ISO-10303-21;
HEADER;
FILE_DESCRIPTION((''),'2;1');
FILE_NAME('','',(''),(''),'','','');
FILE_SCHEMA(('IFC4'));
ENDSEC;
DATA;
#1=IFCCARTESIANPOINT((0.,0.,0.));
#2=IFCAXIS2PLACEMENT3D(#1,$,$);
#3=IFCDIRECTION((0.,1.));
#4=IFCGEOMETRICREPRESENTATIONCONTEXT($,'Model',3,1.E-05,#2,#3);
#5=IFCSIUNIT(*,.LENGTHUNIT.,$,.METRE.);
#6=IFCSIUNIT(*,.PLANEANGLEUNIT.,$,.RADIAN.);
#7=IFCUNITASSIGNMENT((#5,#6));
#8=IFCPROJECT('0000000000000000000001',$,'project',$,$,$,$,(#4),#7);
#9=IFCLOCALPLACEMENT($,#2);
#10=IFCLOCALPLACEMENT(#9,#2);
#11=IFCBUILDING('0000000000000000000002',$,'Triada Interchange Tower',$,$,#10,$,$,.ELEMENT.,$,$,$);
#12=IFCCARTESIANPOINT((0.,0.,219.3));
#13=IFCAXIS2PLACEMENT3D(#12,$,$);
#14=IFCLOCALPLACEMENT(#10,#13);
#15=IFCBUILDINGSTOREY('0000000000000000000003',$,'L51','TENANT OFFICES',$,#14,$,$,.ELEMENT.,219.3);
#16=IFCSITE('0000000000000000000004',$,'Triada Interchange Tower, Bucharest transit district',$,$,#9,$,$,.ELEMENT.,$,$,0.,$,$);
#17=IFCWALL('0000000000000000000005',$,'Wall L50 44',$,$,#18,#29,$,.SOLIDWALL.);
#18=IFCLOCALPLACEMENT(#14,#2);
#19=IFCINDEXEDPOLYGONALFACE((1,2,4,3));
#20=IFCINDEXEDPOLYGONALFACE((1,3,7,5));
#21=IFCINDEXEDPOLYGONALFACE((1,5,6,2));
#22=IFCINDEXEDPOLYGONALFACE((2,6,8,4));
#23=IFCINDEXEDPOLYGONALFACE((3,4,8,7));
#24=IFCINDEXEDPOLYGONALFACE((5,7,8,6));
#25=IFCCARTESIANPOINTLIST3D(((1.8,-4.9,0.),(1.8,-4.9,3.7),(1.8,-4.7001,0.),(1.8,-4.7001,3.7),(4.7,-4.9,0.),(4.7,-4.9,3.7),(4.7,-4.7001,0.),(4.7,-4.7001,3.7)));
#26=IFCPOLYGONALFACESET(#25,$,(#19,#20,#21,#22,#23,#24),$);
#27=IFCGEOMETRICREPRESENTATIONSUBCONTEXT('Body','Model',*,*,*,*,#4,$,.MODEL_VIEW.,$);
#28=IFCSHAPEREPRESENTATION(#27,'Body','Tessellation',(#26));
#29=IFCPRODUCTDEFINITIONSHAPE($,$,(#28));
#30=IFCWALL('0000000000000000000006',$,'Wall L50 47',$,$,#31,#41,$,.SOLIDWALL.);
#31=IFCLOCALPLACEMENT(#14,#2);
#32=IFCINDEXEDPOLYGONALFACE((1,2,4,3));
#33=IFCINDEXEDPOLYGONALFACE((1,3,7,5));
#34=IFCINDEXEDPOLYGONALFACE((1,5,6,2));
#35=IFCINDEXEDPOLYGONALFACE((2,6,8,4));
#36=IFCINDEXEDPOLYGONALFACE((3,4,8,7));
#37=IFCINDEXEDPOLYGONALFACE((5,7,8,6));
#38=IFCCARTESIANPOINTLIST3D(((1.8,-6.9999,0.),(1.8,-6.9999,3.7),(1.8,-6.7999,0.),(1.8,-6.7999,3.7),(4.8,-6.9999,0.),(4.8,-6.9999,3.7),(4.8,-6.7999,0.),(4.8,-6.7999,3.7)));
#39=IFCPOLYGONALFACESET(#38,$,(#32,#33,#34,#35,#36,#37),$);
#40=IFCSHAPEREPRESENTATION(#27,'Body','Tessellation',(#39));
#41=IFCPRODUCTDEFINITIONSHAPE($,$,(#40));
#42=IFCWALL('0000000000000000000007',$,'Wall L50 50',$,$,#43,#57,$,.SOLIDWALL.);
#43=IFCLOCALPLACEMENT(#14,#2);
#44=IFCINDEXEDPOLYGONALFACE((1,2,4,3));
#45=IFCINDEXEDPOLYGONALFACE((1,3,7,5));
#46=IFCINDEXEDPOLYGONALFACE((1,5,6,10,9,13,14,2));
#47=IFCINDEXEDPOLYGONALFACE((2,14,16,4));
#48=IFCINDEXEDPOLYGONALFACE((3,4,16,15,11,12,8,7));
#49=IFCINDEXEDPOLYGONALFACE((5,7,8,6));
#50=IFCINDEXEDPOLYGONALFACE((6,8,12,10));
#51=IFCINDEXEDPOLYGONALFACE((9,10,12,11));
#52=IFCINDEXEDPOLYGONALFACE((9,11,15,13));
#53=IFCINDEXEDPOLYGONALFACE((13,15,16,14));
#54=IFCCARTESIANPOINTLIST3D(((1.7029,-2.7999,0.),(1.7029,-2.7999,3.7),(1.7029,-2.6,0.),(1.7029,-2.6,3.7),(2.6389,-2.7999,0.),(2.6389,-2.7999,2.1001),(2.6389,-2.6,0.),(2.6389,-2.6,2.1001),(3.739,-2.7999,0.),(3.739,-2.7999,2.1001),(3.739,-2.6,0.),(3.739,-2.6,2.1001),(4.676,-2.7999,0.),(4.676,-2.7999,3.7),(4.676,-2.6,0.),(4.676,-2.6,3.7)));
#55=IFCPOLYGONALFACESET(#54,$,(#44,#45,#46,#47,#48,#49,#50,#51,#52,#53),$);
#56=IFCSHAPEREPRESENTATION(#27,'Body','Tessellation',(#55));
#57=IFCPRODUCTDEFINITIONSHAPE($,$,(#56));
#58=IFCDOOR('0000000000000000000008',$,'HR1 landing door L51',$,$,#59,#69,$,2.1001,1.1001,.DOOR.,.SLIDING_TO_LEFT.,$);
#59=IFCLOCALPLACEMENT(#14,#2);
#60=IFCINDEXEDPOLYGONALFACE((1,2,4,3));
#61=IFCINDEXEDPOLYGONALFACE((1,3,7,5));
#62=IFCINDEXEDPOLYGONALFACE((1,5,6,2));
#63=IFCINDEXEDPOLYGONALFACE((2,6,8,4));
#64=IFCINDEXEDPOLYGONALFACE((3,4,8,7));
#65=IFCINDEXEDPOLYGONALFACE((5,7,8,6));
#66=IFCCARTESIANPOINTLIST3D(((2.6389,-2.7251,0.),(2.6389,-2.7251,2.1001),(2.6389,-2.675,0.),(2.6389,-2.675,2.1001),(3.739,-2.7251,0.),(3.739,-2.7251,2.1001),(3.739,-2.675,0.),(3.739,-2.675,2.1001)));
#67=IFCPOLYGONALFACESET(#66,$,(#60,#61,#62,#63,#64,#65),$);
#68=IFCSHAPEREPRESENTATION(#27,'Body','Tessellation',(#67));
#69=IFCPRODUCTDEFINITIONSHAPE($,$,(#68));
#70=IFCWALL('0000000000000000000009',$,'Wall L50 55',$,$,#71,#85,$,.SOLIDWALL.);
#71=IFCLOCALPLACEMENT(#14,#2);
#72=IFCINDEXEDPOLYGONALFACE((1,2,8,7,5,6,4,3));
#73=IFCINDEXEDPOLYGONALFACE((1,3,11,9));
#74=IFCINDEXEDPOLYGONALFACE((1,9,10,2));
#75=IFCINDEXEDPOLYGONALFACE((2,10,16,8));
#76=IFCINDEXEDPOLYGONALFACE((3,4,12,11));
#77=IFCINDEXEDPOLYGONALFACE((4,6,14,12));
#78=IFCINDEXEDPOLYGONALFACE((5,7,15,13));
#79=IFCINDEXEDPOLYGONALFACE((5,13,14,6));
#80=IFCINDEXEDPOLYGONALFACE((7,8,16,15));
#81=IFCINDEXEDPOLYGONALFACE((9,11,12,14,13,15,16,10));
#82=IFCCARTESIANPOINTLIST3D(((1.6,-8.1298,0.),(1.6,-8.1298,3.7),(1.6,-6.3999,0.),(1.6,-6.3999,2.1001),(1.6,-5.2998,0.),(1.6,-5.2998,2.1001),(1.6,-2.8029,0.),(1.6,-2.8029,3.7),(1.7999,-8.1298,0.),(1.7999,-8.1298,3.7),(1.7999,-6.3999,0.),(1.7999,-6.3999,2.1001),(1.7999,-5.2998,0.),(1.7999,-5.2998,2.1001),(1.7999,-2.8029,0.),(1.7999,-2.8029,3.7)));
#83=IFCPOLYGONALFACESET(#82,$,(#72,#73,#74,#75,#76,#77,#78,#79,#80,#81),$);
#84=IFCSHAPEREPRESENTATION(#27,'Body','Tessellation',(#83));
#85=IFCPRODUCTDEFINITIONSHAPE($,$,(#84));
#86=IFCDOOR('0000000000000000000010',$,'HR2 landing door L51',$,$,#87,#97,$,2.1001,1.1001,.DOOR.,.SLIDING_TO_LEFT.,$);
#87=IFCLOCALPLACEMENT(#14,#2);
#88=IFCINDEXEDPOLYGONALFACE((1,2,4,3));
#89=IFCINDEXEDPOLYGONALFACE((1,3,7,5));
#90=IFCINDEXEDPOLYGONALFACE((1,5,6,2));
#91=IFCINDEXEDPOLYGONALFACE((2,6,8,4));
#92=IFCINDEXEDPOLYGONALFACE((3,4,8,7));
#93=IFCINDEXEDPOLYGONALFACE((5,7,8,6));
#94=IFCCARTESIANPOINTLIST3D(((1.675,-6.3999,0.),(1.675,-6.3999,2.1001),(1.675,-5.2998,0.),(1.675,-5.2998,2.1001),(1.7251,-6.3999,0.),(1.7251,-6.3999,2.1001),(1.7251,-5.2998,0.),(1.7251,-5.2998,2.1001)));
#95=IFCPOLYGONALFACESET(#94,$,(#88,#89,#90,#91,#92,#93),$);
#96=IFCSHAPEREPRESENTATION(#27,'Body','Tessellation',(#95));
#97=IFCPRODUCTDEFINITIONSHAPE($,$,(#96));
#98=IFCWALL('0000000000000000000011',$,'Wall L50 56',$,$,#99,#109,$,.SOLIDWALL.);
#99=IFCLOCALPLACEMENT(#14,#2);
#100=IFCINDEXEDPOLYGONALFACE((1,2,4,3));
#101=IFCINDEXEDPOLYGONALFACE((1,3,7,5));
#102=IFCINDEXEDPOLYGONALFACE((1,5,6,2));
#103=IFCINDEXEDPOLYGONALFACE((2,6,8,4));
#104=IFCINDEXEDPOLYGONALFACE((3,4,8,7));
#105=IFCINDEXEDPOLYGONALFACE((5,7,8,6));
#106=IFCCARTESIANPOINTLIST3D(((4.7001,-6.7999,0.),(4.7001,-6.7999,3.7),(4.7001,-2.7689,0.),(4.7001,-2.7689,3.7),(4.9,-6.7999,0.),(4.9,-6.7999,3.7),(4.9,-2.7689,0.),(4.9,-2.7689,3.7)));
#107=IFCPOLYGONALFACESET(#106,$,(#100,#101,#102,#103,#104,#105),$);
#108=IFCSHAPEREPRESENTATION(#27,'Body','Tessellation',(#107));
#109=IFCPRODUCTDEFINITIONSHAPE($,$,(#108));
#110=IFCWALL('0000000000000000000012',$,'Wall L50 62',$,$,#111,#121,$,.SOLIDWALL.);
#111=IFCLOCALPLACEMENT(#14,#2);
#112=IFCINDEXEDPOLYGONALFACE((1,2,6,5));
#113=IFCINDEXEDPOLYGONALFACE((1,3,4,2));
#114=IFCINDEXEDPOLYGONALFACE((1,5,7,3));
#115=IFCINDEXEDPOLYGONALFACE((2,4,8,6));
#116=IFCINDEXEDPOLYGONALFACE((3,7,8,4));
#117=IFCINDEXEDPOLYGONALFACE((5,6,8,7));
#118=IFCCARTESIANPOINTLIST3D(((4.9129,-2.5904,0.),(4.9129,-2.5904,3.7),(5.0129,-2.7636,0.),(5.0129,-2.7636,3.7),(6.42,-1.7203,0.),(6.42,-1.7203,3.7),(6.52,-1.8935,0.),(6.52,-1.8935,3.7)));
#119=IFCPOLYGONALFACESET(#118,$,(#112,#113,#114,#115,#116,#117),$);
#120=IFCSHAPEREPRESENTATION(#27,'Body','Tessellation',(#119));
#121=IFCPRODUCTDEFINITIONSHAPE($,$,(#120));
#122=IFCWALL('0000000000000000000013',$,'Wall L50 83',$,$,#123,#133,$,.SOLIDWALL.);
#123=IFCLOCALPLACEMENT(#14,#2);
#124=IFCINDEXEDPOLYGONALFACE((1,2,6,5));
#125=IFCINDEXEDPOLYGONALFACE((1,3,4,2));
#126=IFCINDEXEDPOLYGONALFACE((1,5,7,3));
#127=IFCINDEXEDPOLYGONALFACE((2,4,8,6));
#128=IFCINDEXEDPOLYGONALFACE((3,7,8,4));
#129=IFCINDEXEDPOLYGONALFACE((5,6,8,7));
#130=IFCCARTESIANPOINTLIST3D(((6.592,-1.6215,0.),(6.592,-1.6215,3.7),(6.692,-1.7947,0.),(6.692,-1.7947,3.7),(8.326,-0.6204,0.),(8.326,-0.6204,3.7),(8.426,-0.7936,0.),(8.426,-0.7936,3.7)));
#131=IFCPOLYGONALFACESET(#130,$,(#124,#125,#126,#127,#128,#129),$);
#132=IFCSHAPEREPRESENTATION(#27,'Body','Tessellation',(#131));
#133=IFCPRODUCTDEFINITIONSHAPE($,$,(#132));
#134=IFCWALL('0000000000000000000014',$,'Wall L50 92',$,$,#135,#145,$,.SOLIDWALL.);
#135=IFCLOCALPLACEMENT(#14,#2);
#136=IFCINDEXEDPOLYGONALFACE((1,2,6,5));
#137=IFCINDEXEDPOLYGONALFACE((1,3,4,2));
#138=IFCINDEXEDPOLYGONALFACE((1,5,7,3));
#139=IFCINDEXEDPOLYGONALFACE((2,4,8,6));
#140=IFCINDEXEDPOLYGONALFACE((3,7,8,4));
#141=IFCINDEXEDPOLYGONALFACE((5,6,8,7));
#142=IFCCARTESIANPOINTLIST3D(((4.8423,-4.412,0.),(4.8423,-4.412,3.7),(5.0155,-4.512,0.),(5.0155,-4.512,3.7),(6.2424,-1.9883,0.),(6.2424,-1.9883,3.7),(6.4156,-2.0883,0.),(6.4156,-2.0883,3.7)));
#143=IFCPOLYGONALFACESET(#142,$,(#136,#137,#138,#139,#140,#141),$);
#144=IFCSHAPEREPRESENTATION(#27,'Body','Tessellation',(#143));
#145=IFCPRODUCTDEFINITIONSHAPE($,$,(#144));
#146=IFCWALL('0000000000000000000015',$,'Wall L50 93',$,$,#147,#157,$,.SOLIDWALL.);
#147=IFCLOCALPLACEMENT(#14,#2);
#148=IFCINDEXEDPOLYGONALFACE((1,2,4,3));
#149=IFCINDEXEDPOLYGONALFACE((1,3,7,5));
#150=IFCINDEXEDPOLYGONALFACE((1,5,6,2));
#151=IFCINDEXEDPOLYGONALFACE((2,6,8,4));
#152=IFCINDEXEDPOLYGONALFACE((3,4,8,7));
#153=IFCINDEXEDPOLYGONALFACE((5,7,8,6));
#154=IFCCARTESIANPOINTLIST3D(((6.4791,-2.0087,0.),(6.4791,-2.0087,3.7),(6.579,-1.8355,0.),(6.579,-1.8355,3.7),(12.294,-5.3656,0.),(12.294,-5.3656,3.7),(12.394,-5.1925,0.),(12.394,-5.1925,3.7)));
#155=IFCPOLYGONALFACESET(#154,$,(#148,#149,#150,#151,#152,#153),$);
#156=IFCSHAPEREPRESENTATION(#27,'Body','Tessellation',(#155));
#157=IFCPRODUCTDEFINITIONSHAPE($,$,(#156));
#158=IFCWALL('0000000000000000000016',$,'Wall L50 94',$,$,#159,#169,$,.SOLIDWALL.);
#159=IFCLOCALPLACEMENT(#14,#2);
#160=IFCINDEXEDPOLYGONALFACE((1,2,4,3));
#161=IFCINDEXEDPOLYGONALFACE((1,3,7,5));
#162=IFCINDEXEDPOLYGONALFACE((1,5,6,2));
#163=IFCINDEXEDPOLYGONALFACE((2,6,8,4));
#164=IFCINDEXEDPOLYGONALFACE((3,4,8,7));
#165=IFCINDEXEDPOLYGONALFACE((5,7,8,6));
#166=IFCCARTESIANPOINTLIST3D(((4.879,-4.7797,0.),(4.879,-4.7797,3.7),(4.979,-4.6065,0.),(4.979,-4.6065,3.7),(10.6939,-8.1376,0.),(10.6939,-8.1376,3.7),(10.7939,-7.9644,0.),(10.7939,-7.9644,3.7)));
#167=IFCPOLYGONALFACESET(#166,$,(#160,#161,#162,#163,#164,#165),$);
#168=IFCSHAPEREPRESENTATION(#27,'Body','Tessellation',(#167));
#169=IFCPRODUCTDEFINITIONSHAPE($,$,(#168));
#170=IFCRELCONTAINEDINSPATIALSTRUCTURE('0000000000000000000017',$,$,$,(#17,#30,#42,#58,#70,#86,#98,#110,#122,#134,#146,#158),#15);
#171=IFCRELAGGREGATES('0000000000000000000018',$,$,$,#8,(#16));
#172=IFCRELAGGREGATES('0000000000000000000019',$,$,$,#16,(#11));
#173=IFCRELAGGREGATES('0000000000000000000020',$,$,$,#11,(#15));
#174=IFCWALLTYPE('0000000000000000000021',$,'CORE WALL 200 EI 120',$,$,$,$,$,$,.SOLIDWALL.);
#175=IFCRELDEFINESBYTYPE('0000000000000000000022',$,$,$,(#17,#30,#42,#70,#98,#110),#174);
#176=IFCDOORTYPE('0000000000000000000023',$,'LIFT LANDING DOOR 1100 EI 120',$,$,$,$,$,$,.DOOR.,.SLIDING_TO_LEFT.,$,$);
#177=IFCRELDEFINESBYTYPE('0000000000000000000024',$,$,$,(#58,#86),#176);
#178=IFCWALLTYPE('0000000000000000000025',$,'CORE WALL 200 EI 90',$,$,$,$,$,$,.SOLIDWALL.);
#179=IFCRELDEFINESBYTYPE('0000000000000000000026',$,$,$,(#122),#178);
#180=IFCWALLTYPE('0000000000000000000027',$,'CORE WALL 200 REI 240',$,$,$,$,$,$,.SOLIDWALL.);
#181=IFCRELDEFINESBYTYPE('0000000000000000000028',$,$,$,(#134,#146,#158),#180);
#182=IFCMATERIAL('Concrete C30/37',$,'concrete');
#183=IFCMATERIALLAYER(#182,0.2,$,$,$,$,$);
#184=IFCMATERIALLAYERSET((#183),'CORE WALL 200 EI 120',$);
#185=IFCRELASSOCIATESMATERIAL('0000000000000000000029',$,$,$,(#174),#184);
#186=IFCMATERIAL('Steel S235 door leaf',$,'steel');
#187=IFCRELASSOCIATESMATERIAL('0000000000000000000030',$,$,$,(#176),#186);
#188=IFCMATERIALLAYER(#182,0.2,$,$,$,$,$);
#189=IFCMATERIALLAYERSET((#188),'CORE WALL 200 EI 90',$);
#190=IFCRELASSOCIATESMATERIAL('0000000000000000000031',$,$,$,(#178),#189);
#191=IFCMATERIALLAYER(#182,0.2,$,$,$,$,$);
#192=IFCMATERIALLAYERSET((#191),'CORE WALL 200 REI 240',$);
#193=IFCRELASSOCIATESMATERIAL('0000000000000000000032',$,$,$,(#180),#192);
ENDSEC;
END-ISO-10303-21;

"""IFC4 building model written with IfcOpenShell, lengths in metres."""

from ifc_helpers import new_model, si_unit, direction, frame, frame_2d, origin, place, context, subcontext, project, spatial, rectangle, extrude, material, layer, layer_set, type_object, element, fill, save


model = new_model("IFC4")

# Units and contexts
model_context = context("Model", 3, precision=1e-05, world=origin(), true_north=direction((0.0, 1.0)))
body_context = subcontext(model_context, "Body", "Model", "MODEL_VIEW")
ifc_project = project(units=[si_unit("LENGTHUNIT", "METRE"), si_unit("PLANEANGLEUNIT", "RADIAN")], contexts=[model_context])

# Site, building, storey
site_placement = place(None, origin())
site = spatial("IfcSite", under=ifc_project, at=site_placement, Name="Triada Interchange Tower, Bucharest transit district", CompositionType="ELEMENT", RefElevation=0.0)
building_placement = place(site_placement, origin())
building = spatial("IfcBuilding", under=site, at=building_placement, Name="Triada Interchange Tower", CompositionType="ELEMENT")
storey_placement = place(building_placement, frame((0.0, 0.0, 219.3)))
storey = spatial("IfcBuildingStorey", under=building, at=storey_placement, Name="L51", Description="TENANT OFFICES", CompositionType="ELEMENT", Elevation=219.3)

# Walls
ifc_material_1 = material(Name="Concrete C30/37", Category="concrete")
ifc_layer_1 = layer(ifc_material_1, 0.2)
ifc_layer_set_1 = layer_set([ifc_layer_1], Name="CORE WALL 200 EI 120")
wall_type_1 = type_object("IfcWallType", Name="CORE WALL 200 EI 120", PredefinedType="SOLIDWALL", material=ifc_layer_set_1)
wall_1_placement = place(storey_placement, frame((1.8, -4.8, 0.0), z_axis=(0.0, 0.0, 1.0), x_axis=(1.0, 0.0, 0.0)))
element("IfcWall", 1, at=wall_1_placement, inside=storey, type_object=wall_type_1, Name="Wall L50 44", PredefinedType="SOLIDWALL", context=body_context, shape_type="SweptSolid", body=[
    extrude(rectangle(XDim=2.8999, YDim=0.2, at=frame_2d((1.45, 0.0))), origin(), (0.0, 0.0, 1.0), 3.7),
])
wall_2_placement = place(storey_placement, frame((1.8, -6.8999, 0.0), z_axis=(0.0, 0.0, 1.0), x_axis=(1.0, 0.0, 0.0)))
element("IfcWall", 2, at=wall_2_placement, inside=storey, type_object=wall_type_1, Name="Wall L50 47", PredefinedType="SOLIDWALL", context=body_context, shape_type="SweptSolid", body=[
    extrude(rectangle(XDim=3.0, YDim=0.2, at=frame_2d((1.5, 0.0))), origin(), (0.0, 0.0, 1.0), 3.7),
])

# Walls, openings, doors
wall_3_placement = place(storey_placement, frame((1.7029, -2.7, 0.0), z_axis=(0.0, 0.0, 1.0), x_axis=(1.0, 0.0, 0.0)))
wall_3 = element("IfcWall", 3, at=wall_3_placement, inside=storey, type_object=wall_type_1, Name="Wall L50 50", PredefinedType="SOLIDWALL", context=body_context, shape_type="SweptSolid", body=[
    extrude(rectangle(XDim=2.9731, YDim=0.2, at=frame_2d((1.4866, 0.0))), origin(), (0.0, 0.0, 1.0), 3.7),
])
opening_1_placement = place(wall_3_placement, frame((0.936, 0.0, 0.0)))
opening_1 = element("IfcOpeningElement", 4, at=opening_1_placement, cuts=wall_3, PredefinedType="OPENING", context=body_context, shape_type="SweptSolid", body=[
    extrude(rectangle(XDim=1.1001, YDim=2.1001, at=frame_2d((0.55, 1.05))), frame((0.0, 0.1099, 0.0), z_axis=(0.0, -1.0, 0.0), x_axis=(1.0, 0.0, 0.0)), (0.0, 0.0, 1.0), 0.22),
])
ifc_material_2 = material(Name="Steel S235 door leaf", Category="steel")
door_type_1 = type_object("IfcDoorType", Name="LIFT LANDING DOOR 1100 EI 120", OperationType="SLIDING_TO_LEFT", PredefinedType="DOOR", material=ifc_material_2)
door_1_placement = place(opening_1_placement, origin())
door_1 = element("IfcDoor", 5, at=door_1_placement, inside=storey, type_object=door_type_1, Name="HR1 landing door L51", OperationType="SLIDING_TO_LEFT", OverallHeight=2.1001, OverallWidth=1.1001, PredefinedType="DOOR", context=body_context, shape_type="SweptSolid", body=[
    extrude(rectangle(XDim=1.1001, YDim=2.1001, at=frame_2d((0.55, 1.05))), frame((0.0, 0.0249, 0.0), z_axis=(0.0, -1.0, 0.0), x_axis=(1.0, 0.0, 0.0)), (0.0, 0.0, 1.0), 0.05),
])
fill(opening_1, door_1)
wall_4_placement = place(storey_placement, frame((1.7, -8.1299, 0.0), z_axis=(0.0, 0.0, 1.0), x_axis=(0.0, 1.0, 0.0)))
wall_4 = element("IfcWall", 6, at=wall_4_placement, inside=storey, type_object=wall_type_1, Name="Wall L50 55", PredefinedType="SOLIDWALL", context=body_context, shape_type="SweptSolid", body=[
    extrude(rectangle(XDim=5.3269, YDim=0.2, at=frame_2d((2.6636, 0.0))), origin(), (0.0, 0.0, 1.0), 3.7),
])
opening_2_placement = place(wall_4_placement, frame((1.73, 0.0, 0.0)))
opening_2 = element("IfcOpeningElement", 7, at=opening_2_placement, cuts=wall_4, PredefinedType="OPENING", context=body_context, shape_type="SweptSolid", body=[
    extrude(rectangle(XDim=1.1001, YDim=2.1001, at=frame_2d((0.55, 1.05))), frame((0.0, 0.1099, 0.0), z_axis=(0.0, -1.0, 0.0), x_axis=(1.0, 0.0, 0.0)), (0.0, 0.0, 1.0), 0.22),
])
door_2_placement = place(opening_2_placement, origin())
door_2 = element("IfcDoor", 8, at=door_2_placement, inside=storey, type_object=door_type_1, Name="HR2 landing door L51", OperationType="SLIDING_TO_LEFT", OverallHeight=2.1001, OverallWidth=1.1001, PredefinedType="DOOR", context=body_context, shape_type="SweptSolid", body=[
    extrude(rectangle(XDim=1.1001, YDim=2.1001, at=frame_2d((0.55, 1.05))), frame((0.0, 0.0249, 0.0), z_axis=(0.0, -1.0, 0.0), x_axis=(1.0, 0.0, 0.0)), (0.0, 0.0, 1.0), 0.05),
])
fill(opening_2, door_2)

# Walls
wall_5_placement = place(storey_placement, frame((4.8, -6.8, 0.0), z_axis=(0.0, 0.0, 1.0), x_axis=(0.0, 1.0, 0.0)))
element("IfcWall", 9, at=wall_5_placement, inside=storey, type_object=wall_type_1, Name="Wall L50 56", PredefinedType="SOLIDWALL", context=body_context, shape_type="SweptSolid", body=[
    extrude(rectangle(XDim=4.031, YDim=0.2, at=frame_2d((2.0156, 0.0))), origin(), (0.0, 0.0, 1.0), 3.7),
])
wall_6_placement = place(storey_placement, frame((4.9629, -2.677, 0.0), z_axis=(0.0, 0.0, 1.0), x_axis=(0.866024, 0.500002, 0.0)))
element("IfcWall", 10, at=wall_6_placement, inside=storey, type_object=wall_type_1, Name="Wall L50 62", PredefinedType="SOLIDWALL", context=body_context, shape_type="SweptSolid", body=[
    extrude(rectangle(XDim=1.7402, YDim=0.2, at=frame_2d((0.8701, 0.0))), origin(), (0.0, 0.0, 1.0), 3.7),
])
ifc_layer_2 = layer(ifc_material_1, 0.2)
ifc_layer_set_2 = layer_set([ifc_layer_2], Name="CORE WALL 200 EI 90")
wall_type_2 = type_object("IfcWallType", Name="CORE WALL 200 EI 90", PredefinedType="SOLIDWALL", material=ifc_layer_set_2)
wall_7_placement = place(storey_placement, frame((6.6421, -1.708, 0.0), z_axis=(0.0, 0.0, 1.0), x_axis=(0.866043, 0.499969, 0.0)))
element("IfcWall", 11, at=wall_7_placement, inside=storey, type_object=wall_type_2, Name="Wall L50 83", PredefinedType="SOLIDWALL", context=body_context, shape_type="SweptSolid", body=[
    extrude(rectangle(XDim=2.0022, YDim=0.2, at=frame_2d((1.001, 0.0))), origin(), (0.0, 0.0, 1.0), 3.7),
])
ifc_layer_3 = layer(ifc_material_1, 0.2)
ifc_layer_set_3 = layer_set([ifc_layer_3], Name="CORE WALL 200 REI 240")
wall_type_3 = type_object("IfcWallType", Name="CORE WALL 200 REI 240", PredefinedType="SOLIDWALL", material=ifc_layer_set_3)
wall_8_placement = place(storey_placement, frame((4.929, -4.4619, 0.0), z_axis=(0.0, 0.0, 1.0), x_axis=(0.500201, 0.86591, 0.0)))
element("IfcWall", 12, at=wall_8_placement, inside=storey, type_object=wall_type_3, Name="Wall L50 92", PredefinedType="SOLIDWALL", context=body_context, shape_type="SweptSolid", body=[
    extrude(rectangle(XDim=2.7991, YDim=0.2, at=frame_2d((1.3994, 0.0))), origin(), (0.0, 0.0, 1.0), 3.7),
])
wall_9_placement = place(storey_placement, frame((6.5291, -1.9221, 0.0), z_axis=(0.0, 0.0, 1.0), x_axis=(0.866046, -0.499964, 0.0)))
element("IfcWall", 13, at=wall_9_placement, inside=storey, type_object=wall_type_3, Name="Wall L50 93", PredefinedType="SOLIDWALL", context=body_context, shape_type="SweptSolid", body=[
    extrude(rectangle(XDim=6.7144, YDim=0.2, at=frame_2d((3.3572, 0.0))), origin(), (0.0, 0.0, 1.0), 3.7),
])
wall_10_placement = place(storey_placement, frame((4.929, -4.6931, 0.0), z_axis=(0.0, 0.0, 1.0), x_axis=(0.865983, -0.500073, 0.0)))
element("IfcWall", 14, at=wall_10_placement, inside=storey, type_object=wall_type_3, Name="Wall L50 94", PredefinedType="SOLIDWALL", context=body_context, shape_type="SweptSolid", body=[
    extrude(rectangle(XDim=6.7148, YDim=0.2, at=frame_2d((3.3574, 0.0))), origin(), (0.0, 0.0, 1.0), 3.7),
])

save(model, "model.ifc")
